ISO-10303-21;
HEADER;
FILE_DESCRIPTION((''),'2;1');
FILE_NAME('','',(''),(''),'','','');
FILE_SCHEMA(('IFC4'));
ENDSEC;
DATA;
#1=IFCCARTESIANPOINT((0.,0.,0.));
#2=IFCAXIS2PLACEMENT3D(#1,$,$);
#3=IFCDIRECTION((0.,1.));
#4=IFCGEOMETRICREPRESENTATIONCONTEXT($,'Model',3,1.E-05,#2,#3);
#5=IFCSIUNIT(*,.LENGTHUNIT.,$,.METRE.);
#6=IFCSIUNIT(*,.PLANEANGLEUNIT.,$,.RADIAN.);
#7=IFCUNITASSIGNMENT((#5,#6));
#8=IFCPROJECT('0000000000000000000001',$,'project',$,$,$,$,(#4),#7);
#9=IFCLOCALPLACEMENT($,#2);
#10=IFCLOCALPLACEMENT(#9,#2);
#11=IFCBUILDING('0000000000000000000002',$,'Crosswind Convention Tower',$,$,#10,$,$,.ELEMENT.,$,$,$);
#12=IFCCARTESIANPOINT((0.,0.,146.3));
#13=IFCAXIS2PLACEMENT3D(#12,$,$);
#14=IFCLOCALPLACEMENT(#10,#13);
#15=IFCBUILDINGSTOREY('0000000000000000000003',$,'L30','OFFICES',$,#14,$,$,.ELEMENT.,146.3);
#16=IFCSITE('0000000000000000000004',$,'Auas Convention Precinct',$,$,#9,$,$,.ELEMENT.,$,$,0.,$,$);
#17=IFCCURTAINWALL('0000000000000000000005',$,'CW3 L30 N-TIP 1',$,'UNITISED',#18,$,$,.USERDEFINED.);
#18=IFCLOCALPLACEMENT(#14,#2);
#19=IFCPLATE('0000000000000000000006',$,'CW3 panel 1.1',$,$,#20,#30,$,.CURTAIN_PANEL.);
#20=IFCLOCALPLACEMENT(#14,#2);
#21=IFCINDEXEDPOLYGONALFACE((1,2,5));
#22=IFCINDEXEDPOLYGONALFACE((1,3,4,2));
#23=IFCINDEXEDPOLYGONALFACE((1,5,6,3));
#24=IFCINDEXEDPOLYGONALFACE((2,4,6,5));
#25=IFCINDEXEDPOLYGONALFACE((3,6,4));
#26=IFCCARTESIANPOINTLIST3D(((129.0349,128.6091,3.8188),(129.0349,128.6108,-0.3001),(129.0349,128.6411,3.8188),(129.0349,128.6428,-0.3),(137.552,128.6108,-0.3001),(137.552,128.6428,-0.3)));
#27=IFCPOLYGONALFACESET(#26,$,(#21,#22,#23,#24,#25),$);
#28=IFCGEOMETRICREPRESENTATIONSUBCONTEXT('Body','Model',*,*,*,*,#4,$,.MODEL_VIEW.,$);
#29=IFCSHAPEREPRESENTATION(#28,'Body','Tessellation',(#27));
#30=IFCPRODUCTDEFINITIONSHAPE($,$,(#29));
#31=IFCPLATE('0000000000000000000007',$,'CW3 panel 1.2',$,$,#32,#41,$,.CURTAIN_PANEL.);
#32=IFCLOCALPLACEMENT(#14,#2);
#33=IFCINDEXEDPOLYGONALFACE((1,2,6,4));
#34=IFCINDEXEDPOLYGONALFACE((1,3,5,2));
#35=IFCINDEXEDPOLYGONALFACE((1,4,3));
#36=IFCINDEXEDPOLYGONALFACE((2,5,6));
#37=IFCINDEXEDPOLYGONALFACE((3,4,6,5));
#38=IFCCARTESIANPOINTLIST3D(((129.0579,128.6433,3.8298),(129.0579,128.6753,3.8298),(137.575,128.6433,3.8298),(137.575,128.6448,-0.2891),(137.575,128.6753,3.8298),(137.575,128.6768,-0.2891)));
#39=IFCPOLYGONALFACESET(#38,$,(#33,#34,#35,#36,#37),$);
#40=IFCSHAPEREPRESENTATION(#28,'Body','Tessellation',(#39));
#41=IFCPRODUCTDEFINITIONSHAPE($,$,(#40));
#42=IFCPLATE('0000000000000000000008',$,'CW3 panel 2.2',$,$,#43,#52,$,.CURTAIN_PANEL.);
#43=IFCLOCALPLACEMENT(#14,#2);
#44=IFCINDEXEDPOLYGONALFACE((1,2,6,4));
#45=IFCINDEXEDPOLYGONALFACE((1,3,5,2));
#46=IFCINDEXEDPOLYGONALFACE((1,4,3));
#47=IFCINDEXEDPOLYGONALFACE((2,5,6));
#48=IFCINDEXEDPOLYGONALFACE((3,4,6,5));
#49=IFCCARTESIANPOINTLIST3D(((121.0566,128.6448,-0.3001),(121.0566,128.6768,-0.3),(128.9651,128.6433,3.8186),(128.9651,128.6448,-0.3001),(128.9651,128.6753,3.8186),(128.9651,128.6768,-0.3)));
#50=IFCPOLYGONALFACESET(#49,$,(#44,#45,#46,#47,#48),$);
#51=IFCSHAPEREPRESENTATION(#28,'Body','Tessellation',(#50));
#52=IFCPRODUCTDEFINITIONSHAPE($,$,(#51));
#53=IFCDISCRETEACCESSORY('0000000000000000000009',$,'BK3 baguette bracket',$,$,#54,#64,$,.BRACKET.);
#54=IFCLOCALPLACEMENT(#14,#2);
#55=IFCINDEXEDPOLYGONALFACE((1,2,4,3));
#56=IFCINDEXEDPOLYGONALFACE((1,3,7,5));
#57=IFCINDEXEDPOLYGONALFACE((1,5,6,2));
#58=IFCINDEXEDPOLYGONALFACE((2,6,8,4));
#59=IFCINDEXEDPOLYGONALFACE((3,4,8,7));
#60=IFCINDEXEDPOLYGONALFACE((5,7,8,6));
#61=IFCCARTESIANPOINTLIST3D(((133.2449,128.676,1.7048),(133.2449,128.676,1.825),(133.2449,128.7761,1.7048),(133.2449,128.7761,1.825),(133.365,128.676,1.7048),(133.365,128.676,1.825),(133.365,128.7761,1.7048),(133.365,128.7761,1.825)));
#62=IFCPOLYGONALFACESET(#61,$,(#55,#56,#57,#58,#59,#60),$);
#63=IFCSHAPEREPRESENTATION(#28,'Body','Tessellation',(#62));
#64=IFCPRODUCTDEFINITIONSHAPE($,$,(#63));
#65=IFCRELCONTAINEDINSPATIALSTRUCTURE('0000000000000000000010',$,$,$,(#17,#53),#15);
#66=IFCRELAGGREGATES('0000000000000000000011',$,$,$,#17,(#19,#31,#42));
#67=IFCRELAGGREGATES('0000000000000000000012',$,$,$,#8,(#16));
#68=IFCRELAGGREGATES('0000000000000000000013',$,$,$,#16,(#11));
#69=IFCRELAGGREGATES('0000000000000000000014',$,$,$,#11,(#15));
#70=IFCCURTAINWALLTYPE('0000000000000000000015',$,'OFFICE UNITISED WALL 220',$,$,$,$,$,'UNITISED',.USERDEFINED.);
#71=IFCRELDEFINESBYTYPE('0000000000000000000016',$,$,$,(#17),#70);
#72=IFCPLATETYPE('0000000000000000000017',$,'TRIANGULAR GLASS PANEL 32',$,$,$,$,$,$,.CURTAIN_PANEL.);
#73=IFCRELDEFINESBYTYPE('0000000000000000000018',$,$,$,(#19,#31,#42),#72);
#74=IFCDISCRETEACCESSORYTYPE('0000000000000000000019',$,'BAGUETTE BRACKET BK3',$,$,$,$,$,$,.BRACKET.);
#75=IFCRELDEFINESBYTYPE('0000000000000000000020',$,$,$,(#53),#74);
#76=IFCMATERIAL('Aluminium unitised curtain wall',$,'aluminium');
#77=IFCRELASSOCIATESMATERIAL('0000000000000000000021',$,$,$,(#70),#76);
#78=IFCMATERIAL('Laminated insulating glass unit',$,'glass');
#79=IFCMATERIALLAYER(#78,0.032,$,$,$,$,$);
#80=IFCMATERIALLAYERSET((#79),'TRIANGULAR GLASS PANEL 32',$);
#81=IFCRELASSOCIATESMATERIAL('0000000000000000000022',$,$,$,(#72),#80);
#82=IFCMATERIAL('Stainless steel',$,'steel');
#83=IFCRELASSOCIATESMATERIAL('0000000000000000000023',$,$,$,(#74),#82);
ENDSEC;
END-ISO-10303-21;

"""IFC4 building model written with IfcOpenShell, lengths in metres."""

from ifc_helpers import new_model, si_unit, direction, frame, origin, origin_2d, place, context, subcontext, project, spatial, polyline, rectangle, outline, extrude, material, layer, layer_set, type_object, element, aggregate, save


model = new_model("IFC4")

# Units and contexts
model_context = context("Model", 3, precision=1e-05, world=origin(), true_north=direction((0.0, 1.0)))
body_context = subcontext(model_context, "Body", "Model", "MODEL_VIEW")
ifc_project = project(units=[si_unit("LENGTHUNIT", "METRE"), si_unit("PLANEANGLEUNIT", "RADIAN")], contexts=[model_context])

# Site, building, storey
site_placement = place(None, origin())
site = spatial("IfcSite", under=ifc_project, at=site_placement, Name="Auas Convention Precinct", CompositionType="ELEMENT", RefElevation=0.0)
building_placement = place(site_placement, origin())
building = spatial("IfcBuilding", under=site, at=building_placement, Name="Crosswind Convention Tower", CompositionType="ELEMENT")
storey_placement = place(building_placement, frame((0.0, 0.0, 146.3)))
storey = spatial("IfcBuildingStorey", under=building, at=storey_placement, Name="L30", Description="OFFICES", CompositionType="ELEMENT", Elevation=146.3)

# Curtain wall
ifc_material_1 = material(Name="Aluminium unitised curtain wall", Category="aluminium")
curtain_wall_type = type_object("IfcCurtainWallType", Name="OFFICE UNITISED WALL 220", ElementType="UNITISED", PredefinedType="USERDEFINED", material=ifc_material_1)
curtain_wall_placement = place(storey_placement, origin())
curtain_wall = element("IfcCurtainWall", 1, at=curtain_wall_placement, inside=storey, type_object=curtain_wall_type, Name="CW3 L30 N-TIP 1", ObjectType="UNITISED", PredefinedType="USERDEFINED")

# Plates
ifc_material_2 = material(Name="Laminated insulating glass unit", Category="glass")
ifc_layer = layer(ifc_material_2, 0.032)
ifc_layer_set = layer_set([ifc_layer], Name="TRIANGULAR GLASS PANEL 32")
plate_type = type_object("IfcPlateType", Name="TRIANGULAR GLASS PANEL 32", PredefinedType="CURTAIN_PANEL", material=ifc_layer_set)
plate_1_placement = place(storey_placement, frame((129.0349, 128.6428, -0.3), z_axis=(0.0, 1.0, 0.000415), x_axis=(0.0, -0.000415, 1.0)))
plate_1 = element("IfcPlate", 2, at=plate_1_placement, type_object=plate_type, Name="CW3 panel 1.1", PredefinedType="CURTAIN_PANEL", context=body_context, shape_type="SweptSolid", body=[
    extrude(outline(polyline([(0.0, 0.0), (4.1189, 0.0), (0.0, 8.5171), (0.0, 0.0)])), origin(), (0.0, 0.0, -1.0), 0.032),
])
plate_2_placement = place(storey_placement, frame((137.575, 128.6753, 3.8298), z_axis=(0.0, 1.0, 0.000356), x_axis=(0.0, 0.000356, -1.0)))
plate_2 = element("IfcPlate", 3, at=plate_2_placement, type_object=plate_type, Name="CW3 panel 1.2", PredefinedType="CURTAIN_PANEL", context=body_context, shape_type="SweptSolid", body=[
    extrude(outline(polyline([(0.0, 0.0), (4.1189, 0.0), (0.0, 8.5171), (0.0, 0.0)])), origin(), (0.0, 0.0, -1.0), 0.032),
])
plate_3_placement = place(storey_placement, frame((128.9651, 128.6768, -0.3), z_axis=(0.0, 1.0, 0.000356), x_axis=(-1.0, 0.0, 0.0)))
plate_3 = element("IfcPlate", 4, at=plate_3_placement, type_object=plate_type, Name="CW3 panel 2.2", PredefinedType="CURTAIN_PANEL", context=body_context, shape_type="SweptSolid", body=[
    extrude(outline(polyline([(0.0, 0.0), (7.9084, 0.0), (0.0, 4.1187), (0.0, 0.0)])), origin(), (0.0, 0.0, -1.0), 0.032),
])
aggregate(curtain_wall, [plate_1, plate_2, plate_3])

# Discrete accessory
ifc_material_3 = material(Name="Stainless steel", Category="steel")
discrete_accessory_type = type_object("IfcDiscreteAccessoryType", Name="BAGUETTE BRACKET BK3", PredefinedType="BRACKET", material=ifc_material_3)
discrete_accessory_placement = place(storey_placement, frame((133.3049, 128.7261, 1.7048), z_axis=(0.0, 0.0, 1.0), x_axis=(-1.0, 0.0, 0.0)))
element("IfcDiscreteAccessory", 5, at=discrete_accessory_placement, inside=storey, type_object=discrete_accessory_type, Name="BK3 baguette bracket", PredefinedType="BRACKET", context=body_context, shape_type="SweptSolid", body=[
    extrude(rectangle(XDim=0.1201, YDim=0.1001, at=origin_2d()), origin(), (0.0, 0.0, 1.0), 0.1201),
])

save(model, "model.ifc")
